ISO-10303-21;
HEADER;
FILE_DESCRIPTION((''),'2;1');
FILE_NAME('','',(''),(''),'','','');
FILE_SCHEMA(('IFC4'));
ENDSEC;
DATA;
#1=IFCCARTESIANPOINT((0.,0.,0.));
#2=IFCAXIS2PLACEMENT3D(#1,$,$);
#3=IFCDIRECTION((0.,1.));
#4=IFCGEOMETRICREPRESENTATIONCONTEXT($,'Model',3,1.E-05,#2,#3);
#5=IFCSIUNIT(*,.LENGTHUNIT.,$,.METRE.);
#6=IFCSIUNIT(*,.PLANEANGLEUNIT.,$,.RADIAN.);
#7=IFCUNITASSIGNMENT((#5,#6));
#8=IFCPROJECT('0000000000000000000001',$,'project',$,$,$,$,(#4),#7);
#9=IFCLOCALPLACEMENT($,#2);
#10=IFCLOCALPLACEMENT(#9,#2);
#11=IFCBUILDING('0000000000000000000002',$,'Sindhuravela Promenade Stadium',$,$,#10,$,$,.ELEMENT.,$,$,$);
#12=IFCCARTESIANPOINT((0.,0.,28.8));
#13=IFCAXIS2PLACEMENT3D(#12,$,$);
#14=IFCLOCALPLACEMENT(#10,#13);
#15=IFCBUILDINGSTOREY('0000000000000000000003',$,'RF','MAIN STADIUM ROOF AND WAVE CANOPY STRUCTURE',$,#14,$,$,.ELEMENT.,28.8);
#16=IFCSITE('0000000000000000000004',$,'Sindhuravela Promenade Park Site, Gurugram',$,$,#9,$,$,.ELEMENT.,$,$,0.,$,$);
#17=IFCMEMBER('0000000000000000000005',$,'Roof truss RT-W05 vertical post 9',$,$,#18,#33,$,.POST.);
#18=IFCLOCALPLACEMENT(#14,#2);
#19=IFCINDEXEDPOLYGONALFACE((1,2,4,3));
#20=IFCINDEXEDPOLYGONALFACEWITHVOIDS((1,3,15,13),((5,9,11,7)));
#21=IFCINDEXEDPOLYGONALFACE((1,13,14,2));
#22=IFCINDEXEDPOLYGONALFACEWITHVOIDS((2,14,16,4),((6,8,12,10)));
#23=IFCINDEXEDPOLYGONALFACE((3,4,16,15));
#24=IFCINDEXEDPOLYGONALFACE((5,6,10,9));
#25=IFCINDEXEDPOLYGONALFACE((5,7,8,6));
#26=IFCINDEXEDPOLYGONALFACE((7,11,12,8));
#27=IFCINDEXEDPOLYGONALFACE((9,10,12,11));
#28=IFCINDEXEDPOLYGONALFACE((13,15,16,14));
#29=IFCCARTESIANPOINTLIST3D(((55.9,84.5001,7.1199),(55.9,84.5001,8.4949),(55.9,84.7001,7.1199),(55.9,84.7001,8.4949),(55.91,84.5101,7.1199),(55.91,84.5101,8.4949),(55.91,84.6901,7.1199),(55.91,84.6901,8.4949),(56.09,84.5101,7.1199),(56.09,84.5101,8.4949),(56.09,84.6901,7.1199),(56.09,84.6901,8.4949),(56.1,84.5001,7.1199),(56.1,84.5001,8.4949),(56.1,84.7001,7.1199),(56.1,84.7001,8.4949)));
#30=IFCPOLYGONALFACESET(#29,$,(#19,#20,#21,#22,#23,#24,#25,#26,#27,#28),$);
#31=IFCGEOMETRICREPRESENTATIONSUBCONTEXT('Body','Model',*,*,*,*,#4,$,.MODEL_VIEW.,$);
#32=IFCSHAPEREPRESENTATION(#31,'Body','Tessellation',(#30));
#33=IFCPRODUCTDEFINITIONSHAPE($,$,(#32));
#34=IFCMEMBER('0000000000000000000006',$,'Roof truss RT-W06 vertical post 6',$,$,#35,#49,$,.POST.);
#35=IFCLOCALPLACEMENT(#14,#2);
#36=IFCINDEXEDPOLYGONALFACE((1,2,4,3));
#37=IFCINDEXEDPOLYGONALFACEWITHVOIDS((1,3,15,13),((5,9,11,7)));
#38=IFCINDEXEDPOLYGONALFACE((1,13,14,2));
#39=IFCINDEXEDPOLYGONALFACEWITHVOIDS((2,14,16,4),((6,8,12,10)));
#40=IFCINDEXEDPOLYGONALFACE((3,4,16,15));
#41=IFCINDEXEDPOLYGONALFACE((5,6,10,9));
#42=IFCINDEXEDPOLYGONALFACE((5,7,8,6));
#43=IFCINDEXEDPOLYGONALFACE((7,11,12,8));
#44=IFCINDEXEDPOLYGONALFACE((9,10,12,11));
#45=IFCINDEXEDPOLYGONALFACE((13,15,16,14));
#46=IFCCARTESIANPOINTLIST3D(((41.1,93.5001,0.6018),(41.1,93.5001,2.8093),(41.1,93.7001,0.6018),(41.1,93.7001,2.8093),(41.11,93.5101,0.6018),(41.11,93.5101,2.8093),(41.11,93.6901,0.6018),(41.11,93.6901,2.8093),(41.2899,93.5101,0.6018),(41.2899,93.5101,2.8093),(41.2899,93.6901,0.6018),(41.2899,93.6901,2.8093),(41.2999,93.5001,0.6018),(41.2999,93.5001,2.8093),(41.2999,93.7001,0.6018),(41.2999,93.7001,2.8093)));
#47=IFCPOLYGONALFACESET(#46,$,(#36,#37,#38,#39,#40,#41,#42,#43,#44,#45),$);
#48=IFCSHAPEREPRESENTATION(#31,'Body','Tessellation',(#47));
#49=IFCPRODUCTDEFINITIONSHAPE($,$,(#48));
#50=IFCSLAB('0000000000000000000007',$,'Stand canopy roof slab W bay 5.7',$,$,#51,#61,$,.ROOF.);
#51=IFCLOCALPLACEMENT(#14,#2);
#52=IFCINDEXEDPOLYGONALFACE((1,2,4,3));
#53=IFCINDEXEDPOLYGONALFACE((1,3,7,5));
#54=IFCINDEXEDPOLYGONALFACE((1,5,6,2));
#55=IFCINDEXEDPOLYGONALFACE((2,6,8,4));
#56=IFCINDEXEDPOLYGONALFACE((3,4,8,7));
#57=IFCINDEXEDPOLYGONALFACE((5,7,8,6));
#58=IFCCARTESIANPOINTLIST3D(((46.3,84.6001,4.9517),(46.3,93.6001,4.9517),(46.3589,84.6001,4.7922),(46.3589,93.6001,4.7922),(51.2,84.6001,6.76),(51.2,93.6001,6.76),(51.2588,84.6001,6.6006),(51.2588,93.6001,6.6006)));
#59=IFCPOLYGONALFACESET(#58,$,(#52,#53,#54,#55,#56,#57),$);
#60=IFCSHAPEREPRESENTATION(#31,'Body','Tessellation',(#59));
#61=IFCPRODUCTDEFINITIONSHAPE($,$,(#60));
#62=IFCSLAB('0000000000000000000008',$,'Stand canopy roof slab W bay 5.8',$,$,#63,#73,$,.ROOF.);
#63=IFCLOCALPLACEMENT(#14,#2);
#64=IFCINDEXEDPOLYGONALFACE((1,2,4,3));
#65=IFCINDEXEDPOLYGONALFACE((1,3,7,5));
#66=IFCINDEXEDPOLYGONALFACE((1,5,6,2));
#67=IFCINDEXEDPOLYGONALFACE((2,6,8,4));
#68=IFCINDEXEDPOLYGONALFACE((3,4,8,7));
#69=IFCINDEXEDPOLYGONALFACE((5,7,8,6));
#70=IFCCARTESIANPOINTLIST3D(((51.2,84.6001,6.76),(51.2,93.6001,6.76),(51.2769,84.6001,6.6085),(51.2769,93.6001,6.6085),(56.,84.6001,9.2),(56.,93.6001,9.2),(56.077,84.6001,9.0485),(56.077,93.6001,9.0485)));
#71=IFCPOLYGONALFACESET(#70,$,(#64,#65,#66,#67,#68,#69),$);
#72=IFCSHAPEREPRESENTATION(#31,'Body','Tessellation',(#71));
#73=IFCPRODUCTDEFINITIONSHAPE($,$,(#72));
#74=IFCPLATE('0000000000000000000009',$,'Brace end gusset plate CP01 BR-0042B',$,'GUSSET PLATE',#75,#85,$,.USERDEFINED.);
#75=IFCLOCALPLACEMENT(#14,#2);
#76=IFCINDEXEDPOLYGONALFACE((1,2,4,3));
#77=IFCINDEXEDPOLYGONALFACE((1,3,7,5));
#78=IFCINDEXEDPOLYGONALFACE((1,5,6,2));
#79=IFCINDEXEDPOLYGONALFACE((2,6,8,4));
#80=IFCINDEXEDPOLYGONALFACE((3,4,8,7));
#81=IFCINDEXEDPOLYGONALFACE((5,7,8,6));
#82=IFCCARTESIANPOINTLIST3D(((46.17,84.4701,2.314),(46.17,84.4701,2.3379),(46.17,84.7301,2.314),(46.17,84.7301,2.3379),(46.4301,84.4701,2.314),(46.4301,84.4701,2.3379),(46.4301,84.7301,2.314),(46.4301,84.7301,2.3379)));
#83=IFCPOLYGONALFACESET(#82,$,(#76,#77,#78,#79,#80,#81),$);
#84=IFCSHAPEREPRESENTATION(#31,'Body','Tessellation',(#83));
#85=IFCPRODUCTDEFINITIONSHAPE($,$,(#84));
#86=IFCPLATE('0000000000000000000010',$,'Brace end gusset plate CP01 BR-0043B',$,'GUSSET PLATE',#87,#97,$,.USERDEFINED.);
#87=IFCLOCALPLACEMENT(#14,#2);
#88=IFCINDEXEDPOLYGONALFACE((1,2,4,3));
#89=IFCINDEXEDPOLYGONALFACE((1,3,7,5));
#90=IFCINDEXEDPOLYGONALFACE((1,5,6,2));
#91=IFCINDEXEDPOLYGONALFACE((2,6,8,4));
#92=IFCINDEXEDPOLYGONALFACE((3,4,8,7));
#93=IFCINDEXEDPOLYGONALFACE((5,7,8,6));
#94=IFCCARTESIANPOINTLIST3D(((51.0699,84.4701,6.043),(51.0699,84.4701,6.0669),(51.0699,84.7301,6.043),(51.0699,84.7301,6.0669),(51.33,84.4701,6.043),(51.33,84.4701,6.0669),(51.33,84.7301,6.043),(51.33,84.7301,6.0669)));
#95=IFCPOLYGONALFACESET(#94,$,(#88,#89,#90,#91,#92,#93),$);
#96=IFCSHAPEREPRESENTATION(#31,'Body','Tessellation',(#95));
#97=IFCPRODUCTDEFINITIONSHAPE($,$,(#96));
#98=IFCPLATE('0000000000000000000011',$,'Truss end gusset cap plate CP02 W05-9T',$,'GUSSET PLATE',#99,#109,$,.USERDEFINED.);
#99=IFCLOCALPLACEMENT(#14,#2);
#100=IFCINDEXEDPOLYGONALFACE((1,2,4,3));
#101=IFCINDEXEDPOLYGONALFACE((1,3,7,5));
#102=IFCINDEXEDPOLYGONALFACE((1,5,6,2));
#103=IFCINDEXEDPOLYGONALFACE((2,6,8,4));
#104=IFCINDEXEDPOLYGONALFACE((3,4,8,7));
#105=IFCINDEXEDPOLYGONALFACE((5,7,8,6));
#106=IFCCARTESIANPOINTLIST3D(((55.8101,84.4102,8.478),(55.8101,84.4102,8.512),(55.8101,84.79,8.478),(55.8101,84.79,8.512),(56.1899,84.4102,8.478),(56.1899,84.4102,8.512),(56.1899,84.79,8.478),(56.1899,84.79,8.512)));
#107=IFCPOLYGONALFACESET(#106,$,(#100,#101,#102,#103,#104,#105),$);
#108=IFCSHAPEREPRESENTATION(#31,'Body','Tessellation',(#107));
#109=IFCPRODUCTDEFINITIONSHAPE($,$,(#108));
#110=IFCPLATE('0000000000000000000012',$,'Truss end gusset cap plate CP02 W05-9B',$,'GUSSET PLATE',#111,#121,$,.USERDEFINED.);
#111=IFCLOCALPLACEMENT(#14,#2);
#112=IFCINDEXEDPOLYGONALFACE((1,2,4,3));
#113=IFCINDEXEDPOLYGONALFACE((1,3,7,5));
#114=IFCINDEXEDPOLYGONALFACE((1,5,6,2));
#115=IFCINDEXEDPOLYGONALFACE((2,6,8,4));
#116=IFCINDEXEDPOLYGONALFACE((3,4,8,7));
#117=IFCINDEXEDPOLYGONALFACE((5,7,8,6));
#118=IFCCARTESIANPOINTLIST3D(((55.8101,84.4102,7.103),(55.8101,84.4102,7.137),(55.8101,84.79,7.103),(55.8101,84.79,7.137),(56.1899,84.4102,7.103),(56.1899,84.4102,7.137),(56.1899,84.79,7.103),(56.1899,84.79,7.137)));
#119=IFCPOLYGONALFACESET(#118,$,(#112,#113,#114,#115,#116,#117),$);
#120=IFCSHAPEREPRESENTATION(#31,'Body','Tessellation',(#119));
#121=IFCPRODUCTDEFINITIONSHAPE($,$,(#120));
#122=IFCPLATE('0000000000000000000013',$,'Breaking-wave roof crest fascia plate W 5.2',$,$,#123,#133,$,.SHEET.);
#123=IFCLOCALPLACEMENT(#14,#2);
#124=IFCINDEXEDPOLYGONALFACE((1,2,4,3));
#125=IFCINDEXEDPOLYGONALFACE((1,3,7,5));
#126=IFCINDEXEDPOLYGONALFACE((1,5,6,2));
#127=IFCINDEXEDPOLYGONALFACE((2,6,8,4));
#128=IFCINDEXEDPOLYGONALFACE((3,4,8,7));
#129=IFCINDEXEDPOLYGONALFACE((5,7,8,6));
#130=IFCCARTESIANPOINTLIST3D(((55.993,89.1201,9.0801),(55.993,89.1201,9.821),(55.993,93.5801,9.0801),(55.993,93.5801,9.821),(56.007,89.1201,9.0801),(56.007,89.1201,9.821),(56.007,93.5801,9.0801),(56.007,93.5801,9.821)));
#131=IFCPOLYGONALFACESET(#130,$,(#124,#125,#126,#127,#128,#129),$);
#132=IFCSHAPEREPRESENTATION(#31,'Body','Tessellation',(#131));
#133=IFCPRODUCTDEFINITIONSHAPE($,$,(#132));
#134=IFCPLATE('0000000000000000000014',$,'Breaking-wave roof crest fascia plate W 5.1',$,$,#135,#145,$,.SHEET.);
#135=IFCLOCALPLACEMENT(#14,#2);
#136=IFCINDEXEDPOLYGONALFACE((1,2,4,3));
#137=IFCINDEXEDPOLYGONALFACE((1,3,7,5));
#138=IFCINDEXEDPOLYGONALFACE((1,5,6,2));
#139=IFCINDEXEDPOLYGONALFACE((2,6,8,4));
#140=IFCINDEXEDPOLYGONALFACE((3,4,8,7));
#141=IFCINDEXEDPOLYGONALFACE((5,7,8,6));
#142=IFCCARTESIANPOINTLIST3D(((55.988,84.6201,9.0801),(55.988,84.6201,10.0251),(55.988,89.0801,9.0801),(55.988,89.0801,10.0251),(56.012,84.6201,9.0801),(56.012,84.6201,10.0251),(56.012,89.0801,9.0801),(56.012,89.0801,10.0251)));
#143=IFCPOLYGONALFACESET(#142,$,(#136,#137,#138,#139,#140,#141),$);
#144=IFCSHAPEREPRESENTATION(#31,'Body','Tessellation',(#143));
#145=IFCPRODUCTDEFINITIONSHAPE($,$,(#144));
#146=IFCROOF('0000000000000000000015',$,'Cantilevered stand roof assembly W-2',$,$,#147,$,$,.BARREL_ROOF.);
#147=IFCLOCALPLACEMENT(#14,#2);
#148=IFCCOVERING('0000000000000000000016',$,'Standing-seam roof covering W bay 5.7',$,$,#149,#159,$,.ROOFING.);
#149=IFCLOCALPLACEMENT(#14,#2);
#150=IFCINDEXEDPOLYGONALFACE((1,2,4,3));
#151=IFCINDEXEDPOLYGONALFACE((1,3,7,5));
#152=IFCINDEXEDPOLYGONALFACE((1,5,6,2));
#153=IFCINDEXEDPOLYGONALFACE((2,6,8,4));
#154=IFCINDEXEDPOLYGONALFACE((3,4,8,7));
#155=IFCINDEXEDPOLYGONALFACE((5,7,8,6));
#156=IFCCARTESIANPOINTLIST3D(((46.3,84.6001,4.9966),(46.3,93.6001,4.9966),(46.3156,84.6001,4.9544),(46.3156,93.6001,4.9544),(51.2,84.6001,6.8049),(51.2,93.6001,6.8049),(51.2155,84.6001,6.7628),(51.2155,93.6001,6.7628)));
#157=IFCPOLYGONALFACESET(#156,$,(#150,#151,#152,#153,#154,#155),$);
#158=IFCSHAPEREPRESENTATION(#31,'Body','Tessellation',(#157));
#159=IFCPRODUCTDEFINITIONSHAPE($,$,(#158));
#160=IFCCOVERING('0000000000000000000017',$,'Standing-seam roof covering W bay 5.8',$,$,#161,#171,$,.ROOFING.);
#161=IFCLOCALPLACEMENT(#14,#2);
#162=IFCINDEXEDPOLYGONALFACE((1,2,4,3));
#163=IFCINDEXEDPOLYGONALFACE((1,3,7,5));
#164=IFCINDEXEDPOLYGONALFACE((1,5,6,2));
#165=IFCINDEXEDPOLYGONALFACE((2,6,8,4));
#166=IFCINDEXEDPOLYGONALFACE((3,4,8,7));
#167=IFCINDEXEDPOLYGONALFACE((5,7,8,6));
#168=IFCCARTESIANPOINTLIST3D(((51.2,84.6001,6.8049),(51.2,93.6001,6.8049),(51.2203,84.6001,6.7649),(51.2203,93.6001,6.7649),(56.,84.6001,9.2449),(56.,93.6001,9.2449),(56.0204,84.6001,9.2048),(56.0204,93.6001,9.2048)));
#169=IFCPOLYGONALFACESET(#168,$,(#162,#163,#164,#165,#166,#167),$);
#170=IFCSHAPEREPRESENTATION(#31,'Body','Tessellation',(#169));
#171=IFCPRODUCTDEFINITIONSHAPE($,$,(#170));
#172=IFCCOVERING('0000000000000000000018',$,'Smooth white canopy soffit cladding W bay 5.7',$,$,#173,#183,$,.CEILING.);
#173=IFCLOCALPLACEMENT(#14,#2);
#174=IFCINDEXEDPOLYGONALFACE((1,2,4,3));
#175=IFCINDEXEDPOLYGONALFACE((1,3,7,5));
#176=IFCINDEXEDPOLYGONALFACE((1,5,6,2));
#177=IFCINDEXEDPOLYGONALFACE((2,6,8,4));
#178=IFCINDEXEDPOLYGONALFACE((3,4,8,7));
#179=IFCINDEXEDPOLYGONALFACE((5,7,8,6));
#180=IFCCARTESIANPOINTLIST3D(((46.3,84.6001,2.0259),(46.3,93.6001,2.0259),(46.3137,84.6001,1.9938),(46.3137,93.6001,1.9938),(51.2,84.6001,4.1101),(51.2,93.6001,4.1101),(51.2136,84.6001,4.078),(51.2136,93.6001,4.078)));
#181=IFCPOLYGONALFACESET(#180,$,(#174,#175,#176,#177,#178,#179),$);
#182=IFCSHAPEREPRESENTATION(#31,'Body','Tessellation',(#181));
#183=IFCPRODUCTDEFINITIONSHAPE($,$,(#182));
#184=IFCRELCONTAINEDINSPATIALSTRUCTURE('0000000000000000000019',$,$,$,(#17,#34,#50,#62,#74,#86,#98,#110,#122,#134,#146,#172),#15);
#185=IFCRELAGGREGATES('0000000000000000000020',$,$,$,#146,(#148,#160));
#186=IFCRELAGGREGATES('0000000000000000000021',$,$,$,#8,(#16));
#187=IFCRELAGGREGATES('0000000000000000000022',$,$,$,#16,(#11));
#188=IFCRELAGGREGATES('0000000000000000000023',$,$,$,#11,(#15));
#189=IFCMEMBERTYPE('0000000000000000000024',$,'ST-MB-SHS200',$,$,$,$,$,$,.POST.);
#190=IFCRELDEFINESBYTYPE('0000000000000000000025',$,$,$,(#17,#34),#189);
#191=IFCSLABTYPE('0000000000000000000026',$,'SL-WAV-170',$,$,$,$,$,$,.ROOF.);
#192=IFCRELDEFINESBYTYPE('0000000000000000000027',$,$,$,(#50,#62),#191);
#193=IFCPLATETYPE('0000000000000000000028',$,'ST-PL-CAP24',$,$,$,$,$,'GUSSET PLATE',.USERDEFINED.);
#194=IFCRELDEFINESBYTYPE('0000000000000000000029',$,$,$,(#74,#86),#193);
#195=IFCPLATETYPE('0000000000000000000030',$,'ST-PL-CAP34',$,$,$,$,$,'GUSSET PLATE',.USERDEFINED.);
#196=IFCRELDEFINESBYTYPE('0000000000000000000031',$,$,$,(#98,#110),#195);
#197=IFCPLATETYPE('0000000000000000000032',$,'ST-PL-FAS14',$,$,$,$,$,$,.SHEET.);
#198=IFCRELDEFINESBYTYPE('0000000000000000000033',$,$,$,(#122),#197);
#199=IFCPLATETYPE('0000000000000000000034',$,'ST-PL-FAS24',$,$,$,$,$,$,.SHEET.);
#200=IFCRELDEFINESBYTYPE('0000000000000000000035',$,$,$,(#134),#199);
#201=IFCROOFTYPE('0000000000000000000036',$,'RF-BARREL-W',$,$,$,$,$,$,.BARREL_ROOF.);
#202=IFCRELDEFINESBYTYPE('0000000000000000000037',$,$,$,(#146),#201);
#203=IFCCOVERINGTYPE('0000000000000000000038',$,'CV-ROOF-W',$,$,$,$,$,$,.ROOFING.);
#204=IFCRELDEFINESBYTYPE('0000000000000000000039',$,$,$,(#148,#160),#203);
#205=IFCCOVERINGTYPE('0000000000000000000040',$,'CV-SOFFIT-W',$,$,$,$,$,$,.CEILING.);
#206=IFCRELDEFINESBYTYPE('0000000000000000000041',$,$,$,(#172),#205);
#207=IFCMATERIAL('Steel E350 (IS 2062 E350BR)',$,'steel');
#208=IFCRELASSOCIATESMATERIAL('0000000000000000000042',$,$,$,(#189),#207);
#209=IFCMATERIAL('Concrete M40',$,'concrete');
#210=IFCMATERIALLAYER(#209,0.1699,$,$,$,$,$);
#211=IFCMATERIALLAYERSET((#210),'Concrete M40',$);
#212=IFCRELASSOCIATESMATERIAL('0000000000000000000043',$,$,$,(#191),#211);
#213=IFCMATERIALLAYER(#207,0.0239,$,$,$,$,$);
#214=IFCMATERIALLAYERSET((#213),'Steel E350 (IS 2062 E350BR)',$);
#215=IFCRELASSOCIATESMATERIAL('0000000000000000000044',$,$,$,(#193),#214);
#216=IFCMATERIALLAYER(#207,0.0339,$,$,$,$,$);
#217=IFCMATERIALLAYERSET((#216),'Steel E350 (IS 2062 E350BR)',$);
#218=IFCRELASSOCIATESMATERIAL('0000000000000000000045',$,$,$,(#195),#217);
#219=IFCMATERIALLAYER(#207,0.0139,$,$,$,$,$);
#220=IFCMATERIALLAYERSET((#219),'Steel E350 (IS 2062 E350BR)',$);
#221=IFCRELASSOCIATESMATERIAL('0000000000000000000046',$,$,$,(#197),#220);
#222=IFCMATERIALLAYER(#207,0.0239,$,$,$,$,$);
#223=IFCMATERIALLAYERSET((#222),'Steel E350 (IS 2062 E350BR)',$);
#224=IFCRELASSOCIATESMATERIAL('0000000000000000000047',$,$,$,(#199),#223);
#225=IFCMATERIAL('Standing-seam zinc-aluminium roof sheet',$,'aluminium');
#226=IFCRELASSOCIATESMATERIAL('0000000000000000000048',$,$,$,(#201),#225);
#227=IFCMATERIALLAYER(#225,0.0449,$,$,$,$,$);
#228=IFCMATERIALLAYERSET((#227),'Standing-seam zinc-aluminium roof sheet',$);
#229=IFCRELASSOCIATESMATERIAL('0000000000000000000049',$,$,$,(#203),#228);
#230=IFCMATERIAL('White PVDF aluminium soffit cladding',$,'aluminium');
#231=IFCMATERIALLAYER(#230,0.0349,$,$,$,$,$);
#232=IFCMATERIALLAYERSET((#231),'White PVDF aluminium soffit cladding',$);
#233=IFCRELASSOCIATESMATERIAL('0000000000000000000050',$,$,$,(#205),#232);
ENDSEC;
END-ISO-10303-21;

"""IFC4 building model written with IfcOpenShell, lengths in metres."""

from ifc_helpers import new_model, si_unit, direction, frame, origin, origin_2d, place, context, subcontext, project, spatial, polyline, rectangle, hollow_rectangle, outline, extrude, material, layer, layer_set, material_profile, profile_set, type_object, element, aggregate, save


model = new_model("IFC4")

# Units and contexts
model_context = context("Model", 3, precision=1e-05, world=origin(), true_north=direction((0.0, 1.0)))
body_context = subcontext(model_context, "Body", "Model", "MODEL_VIEW")
ifc_project = project(units=[si_unit("LENGTHUNIT", "METRE"), si_unit("PLANEANGLEUNIT", "RADIAN")], contexts=[model_context])

# Site, building, storey
site_placement = place(None, origin())
site = spatial("IfcSite", under=ifc_project, at=site_placement, Name="Sindhuravela Promenade Park Site, Gurugram", CompositionType="ELEMENT", RefElevation=0.0)
building_placement = place(site_placement, origin())
building = spatial("IfcBuilding", under=site, at=building_placement, Name="Sindhuravela Promenade Stadium", CompositionType="ELEMENT")
storey_placement = place(building_placement, frame((0.0, 0.0, 28.8)))
storey = spatial("IfcBuildingStorey", under=building, at=storey_placement, Name="RF", Description="MAIN STADIUM ROOF AND WAVE CANOPY STRUCTURE", CompositionType="ELEMENT", Elevation=28.8)

# Shared definitions
ifc_material_1 = material(Name="Steel E350 (IS 2062 E350BR)", Category="steel")

# Members
ifc_material_profile_1 = material_profile(ifc_material_1, hollow_rectangle(XDim=0.2, YDim=0.2, WallThickness=0.01, at=origin_2d()), Name="SHS 200x200x10")
ifc_profile_set_1 = profile_set([ifc_material_profile_1], Name="Steel E350 (IS 2062 E350BR)")
member_type_1 = type_object("IfcMemberType", Name="ST-MB-SHS200", PredefinedType="POST", material=ifc_profile_set_1)
member_1_placement = place(storey_placement, frame((56.0, 84.6001, 7.1199), z_axis=(0.0, 0.0, 1.0), x_axis=(1.0, 0.0, 0.0)))
element("IfcMember", 1, at=member_1_placement, inside=storey, type_object=member_type_1, Name="Roof truss RT-W05 vertical post 9", PredefinedType="POST", context=body_context, shape_type="SweptSolid", body=[
    extrude(hollow_rectangle(XDim=0.2, YDim=0.2, WallThickness=0.01, at=origin_2d()), origin(), (0.0, 0.0, 1.0), 1.375),
])
member_2_placement = place(storey_placement, frame((41.2, 93.6001, 0.6018), z_axis=(0.0, 0.0, 1.0), x_axis=(1.0, 0.0, 0.0)))
element("IfcMember", 2, at=member_2_placement, inside=storey, type_object=member_type_1, Name="Roof truss RT-W06 vertical post 6", PredefinedType="POST", context=body_context, shape_type="SweptSolid", body=[
    extrude(hollow_rectangle(XDim=0.2, YDim=0.2, WallThickness=0.01, at=origin_2d()), origin(), (0.0, 0.0, 1.0), 2.2075),
])

# Slabs
ifc_material_2 = material(Name="Concrete M40", Category="concrete")
ifc_layer_1 = layer(ifc_material_2, 0.1699)
ifc_layer_set_1 = layer_set([ifc_layer_1], Name="Concrete M40")
slab_type = type_object("IfcSlabType", Name="SL-WAV-170", PredefinedType="ROOF", material=ifc_layer_set_1)
slab_1_placement = place(storey_placement, frame((46.3, 84.6001, 4.9517), z_axis=(-0.346232, 0.0, 0.938149), x_axis=(0.0, 1.0, 0.0)))
element("IfcSlab", 3, at=slab_1_placement, inside=storey, type_object=slab_type, Name="Stand canopy roof slab W bay 5.7", PredefinedType="ROOF", context=body_context, shape_type="SweptSolid", body=[
    extrude(outline(polyline([(0.0, 0.0), (0.0, -5.2229), (9.0, -5.2229), (9.0, 0.0), (0.0, 0.0)])), origin(), (0.0, 0.0, -1.0), 0.1699),
])
slab_2_placement = place(storey_placement, frame((51.2, 84.6001, 6.76), z_axis=(-0.453134, 0.0, 0.891442), x_axis=(0.0, 1.0, 0.0)))
element("IfcSlab", 4, at=slab_2_placement, inside=storey, type_object=slab_type, Name="Stand canopy roof slab W bay 5.8", PredefinedType="ROOF", context=body_context, shape_type="SweptSolid", body=[
    extrude(outline(polyline([(0.0, 0.0), (0.0, -5.3846), (9.0, -5.3846), (9.0, 0.0), (0.0, 0.0)])), origin(), (0.0, 0.0, -1.0), 0.1699),
])

# Plates
ifc_layer_2 = layer(ifc_material_1, 0.0239)
ifc_layer_set_2 = layer_set([ifc_layer_2], Name="Steel E350 (IS 2062 E350BR)")
plate_type_1 = type_object("IfcPlateType", Name="ST-PL-CAP24", ElementType="GUSSET PLATE", PredefinedType="USERDEFINED", material=ifc_layer_set_2)
for number, where, z_axis, x_axis, name in (
    (5, (46.3, 84.6001, 2.314), (0.0, 0.0, 1.0), (1.0, 0.0, 0.0), "Brace end gusset plate CP01 BR-0042B"),
    (6, (51.2, 84.6001, 6.043), (0.0, 0.0, 1.0), (1.0, 0.0, 0.0), "Brace end gusset plate CP01 BR-0043B"),
):
    element("IfcPlate", number, at=place(storey_placement, frame(where, z_axis=z_axis, x_axis=x_axis)), inside=storey, type_object=plate_type_1, Name=name, ObjectType="GUSSET PLATE", PredefinedType="USERDEFINED", context=body_context, shape_type="SweptSolid", body=[
        extrude(rectangle(XDim=0.26, YDim=0.26, at=origin_2d()), origin(), (0.0, 0.0, 1.0), 0.0239),
    ])
ifc_layer_3 = layer(ifc_material_1, 0.0339)
ifc_layer_set_3 = layer_set([ifc_layer_3], Name="Steel E350 (IS 2062 E350BR)")
plate_type_2 = type_object("IfcPlateType", Name="ST-PL-CAP34", ElementType="GUSSET PLATE", PredefinedType="USERDEFINED", material=ifc_layer_set_3)
for number, where, z_axis, x_axis, name in (
    (7, (56.0, 84.6001, 8.478), (0.0, 0.0, 1.0), (1.0, 0.0, 0.0), "Truss end gusset cap plate CP02 W05-9T"),
    (8, (56.0, 84.6001, 7.103), (0.0, 0.0, 1.0), (1.0, 0.0, 0.0), "Truss end gusset cap plate CP02 W05-9B"),
):
    element("IfcPlate", number, at=place(storey_placement, frame(where, z_axis=z_axis, x_axis=x_axis)), inside=storey, type_object=plate_type_2, Name=name, ObjectType="GUSSET PLATE", PredefinedType="USERDEFINED", context=body_context, shape_type="SweptSolid", body=[
        extrude(rectangle(XDim=0.3799, YDim=0.3799, at=origin_2d()), origin(), (0.0, 0.0, 1.0), 0.0339),
    ])
ifc_layer_4 = layer(ifc_material_1, 0.0139)
ifc_layer_set_4 = layer_set([ifc_layer_4], Name="Steel E350 (IS 2062 E350BR)")
plate_type_3 = type_object("IfcPlateType", Name="ST-PL-FAS14", PredefinedType="SHEET", material=ifc_layer_set_4)
plate_1_placement = place(storey_placement, frame((56.0, 91.3501, 9.0801), z_axis=(0.0, 0.0, 1.0), x_axis=(0.0, 1.0, 0.0)))
element("IfcPlate", 9, at=plate_1_placement, inside=storey, type_object=plate_type_3, Name="Breaking-wave roof crest fascia plate W 5.2", PredefinedType="SHEET", context=body_context, shape_type="SweptSolid", body=[
    extrude(rectangle(XDim=4.46, YDim=0.0139, at=origin_2d()), origin(), (0.0, 0.0, 1.0), 0.741),
])
ifc_layer_5 = layer(ifc_material_1, 0.0239)
ifc_layer_set_5 = layer_set([ifc_layer_5], Name="Steel E350 (IS 2062 E350BR)")
plate_type_4 = type_object("IfcPlateType", Name="ST-PL-FAS24", PredefinedType="SHEET", material=ifc_layer_set_5)
plate_2_placement = place(storey_placement, frame((56.0, 86.8501, 9.0801), z_axis=(0.0, 0.0, 1.0), x_axis=(0.0, 1.0, 0.0)))
element("IfcPlate", 10, at=plate_2_placement, inside=storey, type_object=plate_type_4, Name="Breaking-wave roof crest fascia plate W 5.1", PredefinedType="SHEET", context=body_context, shape_type="SweptSolid", body=[
    extrude(rectangle(XDim=4.46, YDim=0.0239, at=origin_2d()), origin(), (0.0, 0.0, 1.0), 0.9451),
])

# Roof, coverings
ifc_material_3 = material(Name="Standing-seam zinc-aluminium roof sheet", Category="aluminium")
roof_type = type_object("IfcRoofType", Name="RF-BARREL-W", PredefinedType="BARREL_ROOF", material=ifc_material_3)
roof_placement = place(storey_placement, origin())
roof = element("IfcRoof", 11, at=roof_placement, inside=storey, type_object=roof_type, Name="Cantilevered stand roof assembly W-2", PredefinedType="BARREL_ROOF")
ifc_layer_6 = layer(ifc_material_3, 0.0449)
ifc_layer_set_6 = layer_set([ifc_layer_6], Name="Standing-seam zinc-aluminium roof sheet")
covering_type_1 = type_object("IfcCoveringType", Name="CV-ROOF-W", PredefinedType="ROOFING", material=ifc_layer_set_6)
covering_1_placement = place(storey_placement, frame((46.3, 84.6001, 4.9966), z_axis=(-0.346232, 0.0, 0.938149), x_axis=(0.0, 1.0, 0.0)))
covering_1 = element("IfcCovering", 12, at=covering_1_placement, type_object=covering_type_1, Name="Standing-seam roof covering W bay 5.7", PredefinedType="ROOFING", context=body_context, shape_type="SweptSolid", body=[
    extrude(outline(polyline([(0.0, 0.0), (0.0, -5.2229), (9.0, -5.2229), (9.0, 0.0), (0.0, 0.0)])), origin(), (0.0, 0.0, -1.0), 0.0449),
])
covering_2_placement = place(storey_placement, frame((51.2, 84.6001, 6.8049), z_axis=(-0.453134, 0.0, 0.891442), x_axis=(0.0, 1.0, 0.0)))
covering_2 = element("IfcCovering", 13, at=covering_2_placement, type_object=covering_type_1, Name="Standing-seam roof covering W bay 5.8", PredefinedType="ROOFING", context=body_context, shape_type="SweptSolid", body=[
    extrude(outline(polyline([(0.0, 0.0), (0.0, -5.3846), (9.0, -5.3846), (9.0, 0.0), (0.0, 0.0)])), origin(), (0.0, 0.0, -1.0), 0.0449),
])
aggregate(roof, [covering_1, covering_2])

# Covering
ifc_material_4 = material(Name="White PVDF aluminium soffit cladding", Category="aluminium")
ifc_layer_7 = layer(ifc_material_4, 0.0349)
ifc_layer_set_7 = layer_set([ifc_layer_7], Name="White PVDF aluminium soffit cladding")
covering_type_2 = type_object("IfcCoveringType", Name="CV-SOFFIT-W", PredefinedType="CEILING", material=ifc_layer_set_7)
covering_3_placement = place(storey_placement, frame((46.3, 84.6001, 2.0259), z_axis=(-0.391422, 0.0, 0.920211), x_axis=(0.0, 1.0, 0.0)))
element("IfcCovering", 14, at=covering_3_placement, inside=storey, type_object=covering_type_2, Name="Smooth white canopy soffit cladding W bay 5.7", PredefinedType="CEILING", context=body_context, shape_type="SweptSolid", body=[
    extrude(outline(polyline([(0.0, 0.0), (0.0, -5.3248), (9.0, -5.3248), (9.0, 0.0), (0.0, 0.0)])), origin(), (0.0, 0.0, -1.0), 0.0349),
])

save(model, "model.ifc")
